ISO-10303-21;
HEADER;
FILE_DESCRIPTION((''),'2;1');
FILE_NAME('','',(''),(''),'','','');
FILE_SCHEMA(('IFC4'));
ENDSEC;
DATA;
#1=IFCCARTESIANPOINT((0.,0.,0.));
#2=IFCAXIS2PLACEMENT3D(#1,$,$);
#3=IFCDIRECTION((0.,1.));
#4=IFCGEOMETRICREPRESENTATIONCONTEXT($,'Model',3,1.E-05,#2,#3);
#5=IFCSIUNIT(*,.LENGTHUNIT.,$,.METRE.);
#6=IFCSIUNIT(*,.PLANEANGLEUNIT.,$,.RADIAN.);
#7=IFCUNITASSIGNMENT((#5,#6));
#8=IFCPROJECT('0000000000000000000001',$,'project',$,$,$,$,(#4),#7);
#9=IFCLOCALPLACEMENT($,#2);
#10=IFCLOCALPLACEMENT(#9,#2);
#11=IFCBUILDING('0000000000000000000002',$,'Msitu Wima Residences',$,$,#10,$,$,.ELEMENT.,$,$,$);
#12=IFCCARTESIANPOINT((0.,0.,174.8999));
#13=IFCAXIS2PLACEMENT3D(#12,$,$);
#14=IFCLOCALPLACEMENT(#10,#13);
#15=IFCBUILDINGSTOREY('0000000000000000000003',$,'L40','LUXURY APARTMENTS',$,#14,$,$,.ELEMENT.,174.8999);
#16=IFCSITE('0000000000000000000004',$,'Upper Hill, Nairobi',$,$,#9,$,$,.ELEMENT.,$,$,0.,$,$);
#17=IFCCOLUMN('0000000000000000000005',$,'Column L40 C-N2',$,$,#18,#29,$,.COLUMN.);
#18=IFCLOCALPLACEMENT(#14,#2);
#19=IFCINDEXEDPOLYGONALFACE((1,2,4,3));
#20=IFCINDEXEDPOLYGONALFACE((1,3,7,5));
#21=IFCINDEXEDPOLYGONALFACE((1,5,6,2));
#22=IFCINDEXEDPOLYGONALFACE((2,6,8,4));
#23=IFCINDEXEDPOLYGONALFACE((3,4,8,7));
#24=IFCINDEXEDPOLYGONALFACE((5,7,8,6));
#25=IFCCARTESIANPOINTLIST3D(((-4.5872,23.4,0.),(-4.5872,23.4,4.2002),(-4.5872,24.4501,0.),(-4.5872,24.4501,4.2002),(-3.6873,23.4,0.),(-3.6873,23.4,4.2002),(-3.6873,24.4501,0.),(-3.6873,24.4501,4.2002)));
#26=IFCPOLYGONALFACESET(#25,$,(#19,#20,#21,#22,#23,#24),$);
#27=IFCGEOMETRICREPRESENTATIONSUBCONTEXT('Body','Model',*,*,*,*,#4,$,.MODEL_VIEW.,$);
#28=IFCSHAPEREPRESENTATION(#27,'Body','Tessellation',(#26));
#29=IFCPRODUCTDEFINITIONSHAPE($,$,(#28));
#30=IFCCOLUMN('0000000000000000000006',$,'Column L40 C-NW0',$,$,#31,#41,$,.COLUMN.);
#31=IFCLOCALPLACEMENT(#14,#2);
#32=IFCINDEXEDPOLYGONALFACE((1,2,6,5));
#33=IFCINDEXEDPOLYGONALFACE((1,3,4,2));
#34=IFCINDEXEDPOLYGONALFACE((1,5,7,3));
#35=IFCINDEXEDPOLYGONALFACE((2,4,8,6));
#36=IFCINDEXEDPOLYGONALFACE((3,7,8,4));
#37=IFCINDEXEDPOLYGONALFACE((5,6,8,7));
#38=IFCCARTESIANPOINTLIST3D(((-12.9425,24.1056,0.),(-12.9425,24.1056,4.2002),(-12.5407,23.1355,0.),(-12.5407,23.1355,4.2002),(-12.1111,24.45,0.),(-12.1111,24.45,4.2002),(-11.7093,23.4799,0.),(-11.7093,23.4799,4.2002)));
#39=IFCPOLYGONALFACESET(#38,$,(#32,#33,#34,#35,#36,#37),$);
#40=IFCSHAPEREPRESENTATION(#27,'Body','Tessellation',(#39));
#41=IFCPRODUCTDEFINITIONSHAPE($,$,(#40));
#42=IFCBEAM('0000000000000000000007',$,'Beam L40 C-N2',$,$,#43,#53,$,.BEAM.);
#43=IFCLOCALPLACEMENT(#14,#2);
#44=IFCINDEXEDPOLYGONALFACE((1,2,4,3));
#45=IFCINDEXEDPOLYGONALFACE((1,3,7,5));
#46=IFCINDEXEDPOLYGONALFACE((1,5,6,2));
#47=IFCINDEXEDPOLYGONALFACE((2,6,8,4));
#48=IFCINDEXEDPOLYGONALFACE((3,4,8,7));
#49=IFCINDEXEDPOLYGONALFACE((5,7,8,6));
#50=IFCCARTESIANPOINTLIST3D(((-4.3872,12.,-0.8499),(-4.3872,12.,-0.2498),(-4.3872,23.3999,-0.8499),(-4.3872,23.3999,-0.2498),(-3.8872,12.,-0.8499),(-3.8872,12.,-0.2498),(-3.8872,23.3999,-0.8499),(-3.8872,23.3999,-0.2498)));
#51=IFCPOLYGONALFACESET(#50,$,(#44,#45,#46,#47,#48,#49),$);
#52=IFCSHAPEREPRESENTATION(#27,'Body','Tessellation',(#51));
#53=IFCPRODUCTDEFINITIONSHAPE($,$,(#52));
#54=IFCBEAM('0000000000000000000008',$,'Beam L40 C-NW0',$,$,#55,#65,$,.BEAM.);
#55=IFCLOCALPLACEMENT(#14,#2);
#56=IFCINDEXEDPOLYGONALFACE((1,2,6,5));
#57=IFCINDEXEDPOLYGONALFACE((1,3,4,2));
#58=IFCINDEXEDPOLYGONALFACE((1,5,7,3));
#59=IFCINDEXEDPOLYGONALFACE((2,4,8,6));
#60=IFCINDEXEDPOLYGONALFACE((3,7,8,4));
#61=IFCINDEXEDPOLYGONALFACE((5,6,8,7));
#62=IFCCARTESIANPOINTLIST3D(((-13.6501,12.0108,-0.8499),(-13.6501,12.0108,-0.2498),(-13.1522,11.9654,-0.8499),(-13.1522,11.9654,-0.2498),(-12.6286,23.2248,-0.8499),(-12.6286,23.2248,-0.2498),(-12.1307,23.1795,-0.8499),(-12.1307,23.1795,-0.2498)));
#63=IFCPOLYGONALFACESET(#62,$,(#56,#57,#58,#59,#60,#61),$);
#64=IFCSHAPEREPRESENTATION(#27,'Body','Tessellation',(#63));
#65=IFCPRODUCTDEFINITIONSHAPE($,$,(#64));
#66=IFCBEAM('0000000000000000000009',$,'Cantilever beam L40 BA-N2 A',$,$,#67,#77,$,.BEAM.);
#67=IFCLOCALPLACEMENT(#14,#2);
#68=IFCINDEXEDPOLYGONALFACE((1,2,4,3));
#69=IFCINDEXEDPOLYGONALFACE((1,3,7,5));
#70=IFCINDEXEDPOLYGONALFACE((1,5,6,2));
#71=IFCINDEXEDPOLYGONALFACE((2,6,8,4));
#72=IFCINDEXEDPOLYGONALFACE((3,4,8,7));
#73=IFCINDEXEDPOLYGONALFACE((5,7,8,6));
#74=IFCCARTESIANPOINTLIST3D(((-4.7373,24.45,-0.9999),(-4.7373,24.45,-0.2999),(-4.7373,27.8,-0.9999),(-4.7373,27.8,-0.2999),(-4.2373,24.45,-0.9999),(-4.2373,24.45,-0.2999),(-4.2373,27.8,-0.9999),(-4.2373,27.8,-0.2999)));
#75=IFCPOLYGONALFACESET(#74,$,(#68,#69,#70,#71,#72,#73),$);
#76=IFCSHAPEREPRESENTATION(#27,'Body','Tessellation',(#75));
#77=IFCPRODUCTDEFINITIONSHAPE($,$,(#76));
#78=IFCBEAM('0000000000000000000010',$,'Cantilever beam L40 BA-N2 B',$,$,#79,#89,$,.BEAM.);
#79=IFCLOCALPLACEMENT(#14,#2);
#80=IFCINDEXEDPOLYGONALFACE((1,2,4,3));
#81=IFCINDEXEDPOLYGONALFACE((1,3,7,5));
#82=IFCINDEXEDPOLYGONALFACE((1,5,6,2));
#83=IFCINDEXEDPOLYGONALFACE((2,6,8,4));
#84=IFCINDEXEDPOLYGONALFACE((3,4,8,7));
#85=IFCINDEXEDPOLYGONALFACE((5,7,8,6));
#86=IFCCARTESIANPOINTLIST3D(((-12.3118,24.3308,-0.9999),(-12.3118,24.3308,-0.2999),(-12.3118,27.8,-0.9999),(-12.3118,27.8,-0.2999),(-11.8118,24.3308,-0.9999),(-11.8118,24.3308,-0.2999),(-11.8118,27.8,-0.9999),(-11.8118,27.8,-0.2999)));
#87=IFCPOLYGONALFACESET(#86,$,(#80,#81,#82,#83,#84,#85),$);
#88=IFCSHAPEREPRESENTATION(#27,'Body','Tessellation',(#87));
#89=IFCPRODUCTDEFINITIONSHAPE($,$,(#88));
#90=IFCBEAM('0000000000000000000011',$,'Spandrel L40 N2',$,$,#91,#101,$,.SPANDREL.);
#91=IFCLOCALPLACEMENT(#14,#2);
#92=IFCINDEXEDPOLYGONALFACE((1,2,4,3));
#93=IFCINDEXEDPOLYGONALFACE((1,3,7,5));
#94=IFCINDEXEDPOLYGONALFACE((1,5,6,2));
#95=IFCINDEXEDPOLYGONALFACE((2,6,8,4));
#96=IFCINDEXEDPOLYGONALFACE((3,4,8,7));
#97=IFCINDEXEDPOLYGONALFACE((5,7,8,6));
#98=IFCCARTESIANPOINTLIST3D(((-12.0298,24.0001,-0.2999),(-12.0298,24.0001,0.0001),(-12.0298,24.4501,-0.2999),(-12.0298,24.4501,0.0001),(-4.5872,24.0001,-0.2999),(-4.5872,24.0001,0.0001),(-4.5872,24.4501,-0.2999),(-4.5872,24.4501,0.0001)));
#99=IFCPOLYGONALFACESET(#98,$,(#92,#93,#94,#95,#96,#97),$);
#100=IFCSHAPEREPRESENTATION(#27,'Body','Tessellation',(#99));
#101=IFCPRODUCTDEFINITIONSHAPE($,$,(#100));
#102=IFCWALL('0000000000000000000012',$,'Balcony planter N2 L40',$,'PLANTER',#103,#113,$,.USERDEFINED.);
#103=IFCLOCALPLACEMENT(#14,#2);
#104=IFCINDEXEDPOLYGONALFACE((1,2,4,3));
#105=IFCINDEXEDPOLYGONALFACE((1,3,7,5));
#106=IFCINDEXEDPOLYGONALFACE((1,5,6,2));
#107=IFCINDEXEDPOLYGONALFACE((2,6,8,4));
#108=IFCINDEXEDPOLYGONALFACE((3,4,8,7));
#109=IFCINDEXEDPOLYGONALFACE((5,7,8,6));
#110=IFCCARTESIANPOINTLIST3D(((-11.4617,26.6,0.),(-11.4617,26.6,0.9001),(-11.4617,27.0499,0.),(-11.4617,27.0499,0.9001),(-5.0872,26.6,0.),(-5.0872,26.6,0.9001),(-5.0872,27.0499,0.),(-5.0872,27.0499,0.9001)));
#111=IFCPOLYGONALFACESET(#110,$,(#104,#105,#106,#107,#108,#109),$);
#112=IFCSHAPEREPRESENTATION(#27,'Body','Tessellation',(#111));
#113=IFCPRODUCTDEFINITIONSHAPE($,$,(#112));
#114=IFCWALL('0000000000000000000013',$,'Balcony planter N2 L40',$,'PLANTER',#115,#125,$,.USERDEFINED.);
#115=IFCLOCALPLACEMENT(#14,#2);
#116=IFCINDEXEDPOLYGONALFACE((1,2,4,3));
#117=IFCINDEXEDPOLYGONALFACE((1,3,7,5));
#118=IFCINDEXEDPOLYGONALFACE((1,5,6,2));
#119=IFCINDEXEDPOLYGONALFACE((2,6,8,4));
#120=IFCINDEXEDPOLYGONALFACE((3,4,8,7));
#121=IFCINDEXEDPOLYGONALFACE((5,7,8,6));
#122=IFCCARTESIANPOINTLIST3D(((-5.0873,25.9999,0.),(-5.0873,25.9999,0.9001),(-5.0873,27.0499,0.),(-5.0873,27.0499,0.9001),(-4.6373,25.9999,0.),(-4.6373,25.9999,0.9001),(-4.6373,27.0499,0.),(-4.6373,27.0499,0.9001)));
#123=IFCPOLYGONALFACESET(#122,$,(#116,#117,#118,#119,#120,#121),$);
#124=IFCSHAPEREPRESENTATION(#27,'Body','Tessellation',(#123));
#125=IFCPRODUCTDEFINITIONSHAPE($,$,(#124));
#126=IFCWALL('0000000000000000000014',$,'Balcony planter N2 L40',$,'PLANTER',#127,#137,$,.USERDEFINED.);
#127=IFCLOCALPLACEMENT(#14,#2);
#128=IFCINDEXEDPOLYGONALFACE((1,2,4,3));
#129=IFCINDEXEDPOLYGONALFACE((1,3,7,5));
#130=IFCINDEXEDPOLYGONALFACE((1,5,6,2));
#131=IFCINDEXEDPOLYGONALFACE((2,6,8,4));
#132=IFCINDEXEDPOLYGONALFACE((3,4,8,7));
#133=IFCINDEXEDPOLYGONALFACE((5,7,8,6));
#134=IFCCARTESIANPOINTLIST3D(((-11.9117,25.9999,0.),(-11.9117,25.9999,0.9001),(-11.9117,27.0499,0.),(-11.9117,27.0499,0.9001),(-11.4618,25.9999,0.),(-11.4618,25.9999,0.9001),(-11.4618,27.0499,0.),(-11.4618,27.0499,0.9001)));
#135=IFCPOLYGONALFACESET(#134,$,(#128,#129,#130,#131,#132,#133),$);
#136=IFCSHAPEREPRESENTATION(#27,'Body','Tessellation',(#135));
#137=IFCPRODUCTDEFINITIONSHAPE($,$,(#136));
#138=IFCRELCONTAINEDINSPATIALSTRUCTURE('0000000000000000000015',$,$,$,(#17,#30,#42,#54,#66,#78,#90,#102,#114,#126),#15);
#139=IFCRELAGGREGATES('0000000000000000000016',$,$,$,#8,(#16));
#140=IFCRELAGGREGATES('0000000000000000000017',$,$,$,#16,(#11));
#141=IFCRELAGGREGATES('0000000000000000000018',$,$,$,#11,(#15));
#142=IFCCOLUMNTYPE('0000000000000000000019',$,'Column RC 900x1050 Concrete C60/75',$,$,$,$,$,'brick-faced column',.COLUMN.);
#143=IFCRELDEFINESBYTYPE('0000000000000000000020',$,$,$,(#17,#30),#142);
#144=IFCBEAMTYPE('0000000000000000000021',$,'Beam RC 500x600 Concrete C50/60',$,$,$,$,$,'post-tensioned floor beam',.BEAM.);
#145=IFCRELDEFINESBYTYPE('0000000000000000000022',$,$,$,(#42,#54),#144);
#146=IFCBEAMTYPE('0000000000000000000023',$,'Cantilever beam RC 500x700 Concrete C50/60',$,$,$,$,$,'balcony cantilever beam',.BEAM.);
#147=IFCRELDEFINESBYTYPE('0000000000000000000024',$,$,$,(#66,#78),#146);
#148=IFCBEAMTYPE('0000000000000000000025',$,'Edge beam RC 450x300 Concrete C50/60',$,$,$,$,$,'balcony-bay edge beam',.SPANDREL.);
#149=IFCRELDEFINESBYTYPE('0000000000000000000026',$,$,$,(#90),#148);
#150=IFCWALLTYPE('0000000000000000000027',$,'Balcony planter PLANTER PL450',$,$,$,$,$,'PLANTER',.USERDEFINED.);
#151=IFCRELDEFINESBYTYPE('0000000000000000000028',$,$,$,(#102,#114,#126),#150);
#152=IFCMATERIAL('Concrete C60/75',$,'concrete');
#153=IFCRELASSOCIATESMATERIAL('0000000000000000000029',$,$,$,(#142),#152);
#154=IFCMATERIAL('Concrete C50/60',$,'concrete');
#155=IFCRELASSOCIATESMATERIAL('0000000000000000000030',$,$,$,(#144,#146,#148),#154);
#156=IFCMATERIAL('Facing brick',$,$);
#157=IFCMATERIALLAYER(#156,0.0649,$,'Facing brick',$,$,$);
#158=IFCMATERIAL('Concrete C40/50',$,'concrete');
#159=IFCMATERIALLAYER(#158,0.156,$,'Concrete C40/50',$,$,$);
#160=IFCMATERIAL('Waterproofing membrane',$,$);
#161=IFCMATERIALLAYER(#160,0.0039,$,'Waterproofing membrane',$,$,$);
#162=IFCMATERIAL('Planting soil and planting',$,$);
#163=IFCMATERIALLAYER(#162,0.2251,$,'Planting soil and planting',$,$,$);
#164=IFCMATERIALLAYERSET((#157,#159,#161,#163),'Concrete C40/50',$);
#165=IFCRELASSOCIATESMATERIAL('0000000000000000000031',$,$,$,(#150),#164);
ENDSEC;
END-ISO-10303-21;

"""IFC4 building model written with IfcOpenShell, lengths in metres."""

from ifc_helpers import new_model, si_unit, direction, frame, frame_2d, origin, origin_2d, place, context, subcontext, project, spatial, rectangle, extrude, material, layer, layer_set, material_profile, profile_set, type_object, element, save


model = new_model("IFC4")

# Units and contexts
model_context = context("Model", 3, precision=1e-05, world=origin(), true_north=direction((0.0, 1.0)))
body_context = subcontext(model_context, "Body", "Model", "MODEL_VIEW")
ifc_project = project(units=[si_unit("LENGTHUNIT", "METRE"), si_unit("PLANEANGLEUNIT", "RADIAN")], contexts=[model_context])

# Site, building, storey
site_placement = place(None, origin())
site = spatial("IfcSite", under=ifc_project, at=site_placement, Name="Upper Hill, Nairobi", CompositionType="ELEMENT", RefElevation=0.0)
building_placement = place(site_placement, origin())
building = spatial("IfcBuilding", under=site, at=building_placement, Name="Msitu Wima Residences", CompositionType="ELEMENT")
storey_placement = place(building_placement, frame((0.0, 0.0, 174.8999)))
storey = spatial("IfcBuildingStorey", under=building, at=storey_placement, Name="L40", Description="LUXURY APARTMENTS", CompositionType="ELEMENT", Elevation=174.8999)

# Columns
ifc_material_1 = material(Name="Concrete C60/75", Category="concrete")
ifc_material_profile_1 = material_profile(ifc_material_1, rectangle(XDim=0.8999, YDim=1.05, at=origin_2d()), Name="RC 900x1050")
ifc_profile_set_1 = profile_set([ifc_material_profile_1], Name="Concrete C60/75")
column_type = type_object("IfcColumnType", Name="Column RC 900x1050 Concrete C60/75", ElementType="brick-faced column", PredefinedType="COLUMN", material=ifc_profile_set_1)
for number, where, z_axis, x_axis, name in (
    (1, (-4.1372, 23.925, 0.0), (0.0, 0.0, 1.0), (-1.0, 0.0, 0.0), "Column L40 C-N2"),
    (2, (-12.3259, 23.7927, 0.0), (0.0, 0.0, 1.0), (-0.92388, -0.382683, 0.0), "Column L40 C-NW0"),
):
    element("IfcColumn", number, at=place(storey_placement, frame(where, z_axis=z_axis, x_axis=x_axis)), inside=storey, type_object=column_type, Name=name, PredefinedType="COLUMN", context=body_context, shape_type="SweptSolid", body=[
        extrude(rectangle(XDim=0.8999, YDim=1.05, at=origin_2d()), origin(), (0.0, 0.0, 1.0), 4.2002),
    ])

# Beams
ifc_material_2 = material(Name="Concrete C50/60", Category="concrete")
ifc_material_profile_2 = material_profile(ifc_material_2, rectangle(XDim=0.5, YDim=0.6001, at=origin_2d()), Name="RC 500x600")
ifc_profile_set_2 = profile_set([ifc_material_profile_2], Name="Concrete C50/60")
beam_type_1 = type_object("IfcBeamType", Name="Beam RC 500x600 Concrete C50/60", ElementType="post-tensioned floor beam", PredefinedType="BEAM", material=ifc_profile_set_2)
beam_1_placement = place(storey_placement, frame((-4.1372, 23.3999, -0.5498), z_axis=(0.0, -1.0, 0.0), x_axis=(1.0, 0.0, 0.0)))
element("IfcBeam", 3, at=beam_1_placement, inside=storey, type_object=beam_type_1, Name="Beam L40 C-N2", PredefinedType="BEAM", context=body_context, shape_type="SweptSolid", body=[
    extrude(rectangle(XDim=0.5, YDim=0.6001, at=origin_2d()), origin(), (0.0, 0.0, 1.0), 11.3999),
])
beam_2_placement = place(storey_placement, frame((-12.3796, 23.2021, -0.5498), z_axis=(-0.090714, -0.995877, 0.0), x_axis=(0.995877, -0.090714, 0.0)))
element("IfcBeam", 4, at=beam_2_placement, inside=storey, type_object=beam_type_1, Name="Beam L40 C-NW0", PredefinedType="BEAM", context=body_context, shape_type="SweptSolid", body=[
    extrude(rectangle(XDim=0.5, YDim=0.6001, at=origin_2d()), origin(), (0.0, 0.0, 1.0), 11.2605),
])
ifc_material_profile_3 = material_profile(ifc_material_2, rectangle(XDim=0.5, YDim=0.7, at=origin_2d()), Name="RC 500x700")
ifc_profile_set_3 = profile_set([ifc_material_profile_3], Name="Concrete C50/60")
beam_type_2 = type_object("IfcBeamType", Name="Cantilever beam RC 500x700 Concrete C50/60", ElementType="balcony cantilever beam", PredefinedType="BEAM", material=ifc_profile_set_3)
beam_3_placement = place(storey_placement, frame((-4.4873, 24.45, -0.6499), z_axis=(0.0, 1.0, 0.0), x_axis=(-1.0, 0.0, 0.0)))
element("IfcBeam", 5, at=beam_3_placement, inside=storey, type_object=beam_type_2, Name="Cantilever beam L40 BA-N2 A", PredefinedType="BEAM", context=body_context, shape_type="SweptSolid", body=[
    extrude(rectangle(XDim=0.5, YDim=0.7, at=origin_2d()), origin(), (0.0, 0.0, 1.0), 3.3501),
])
beam_4_placement = place(storey_placement, frame((-12.0618, 24.3308, -0.6499), z_axis=(0.0, 1.0, 0.0), x_axis=(-1.0, 0.0, 0.0)))
element("IfcBeam", 6, at=beam_4_placement, inside=storey, type_object=beam_type_2, Name="Cantilever beam L40 BA-N2 B", PredefinedType="BEAM", context=body_context, shape_type="SweptSolid", body=[
    extrude(rectangle(XDim=0.5, YDim=0.7, at=origin_2d()), origin(), (0.0, 0.0, 1.0), 3.4692),
])
ifc_material_profile_4 = material_profile(ifc_material_2, rectangle(XDim=0.45, YDim=0.3, at=origin_2d()), Name="RC 450x300")
ifc_profile_set_4 = profile_set([ifc_material_profile_4], Name="Concrete C50/60")
beam_type_3 = type_object("IfcBeamType", Name="Edge beam RC 450x300 Concrete C50/60", ElementType="balcony-bay edge beam", PredefinedType="SPANDREL", material=ifc_profile_set_4)
beam_5_placement = place(storey_placement, frame((-4.5872, 24.2251, -0.1499), z_axis=(-1.0, 0.0, 0.0), x_axis=(0.0, -1.0, 0.0)))
element("IfcBeam", 7, at=beam_5_placement, inside=storey, type_object=beam_type_3, Name="Spandrel L40 N2", PredefinedType="SPANDREL", context=body_context, shape_type="SweptSolid", body=[
    extrude(rectangle(XDim=0.45, YDim=0.3, at=origin_2d()), origin(), (0.0, 0.0, 1.0), 7.4426),
])

# Walls
ifc_material_3 = material(Name="Facing brick")
ifc_layer_1 = layer(ifc_material_3, 0.0649, Name="Facing brick")
ifc_material_4 = material(Name="Concrete C40/50", Category="concrete")
ifc_layer_2 = layer(ifc_material_4, 0.156, Name="Concrete C40/50")
ifc_material_5 = material(Name="Waterproofing membrane")
ifc_layer_3 = layer(ifc_material_5, 0.0039, Name="Waterproofing membrane")
ifc_material_6 = material(Name="Planting soil and planting")
ifc_layer_4 = layer(ifc_material_6, 0.2251, Name="Planting soil and planting")
ifc_layer_set_1 = layer_set([ifc_layer_1, ifc_layer_2, ifc_layer_3, ifc_layer_4], Name="Concrete C40/50")
wall_type_1 = type_object("IfcWallType", Name="Balcony planter PLANTER PL450", ElementType="PLANTER", PredefinedType="USERDEFINED", material=ifc_layer_set_1)
wall_1_placement = place(storey_placement, frame((-5.0872, 26.825, 0.0), z_axis=(0.0, 0.0, 1.0), x_axis=(-1.0, 0.0, 0.0)))
element("IfcWall", 8, at=wall_1_placement, inside=storey, type_object=wall_type_1, Name="Balcony planter N2 L40", ObjectType="PLANTER", PredefinedType="USERDEFINED", context=body_context, shape_type="SweptSolid", body=[
    extrude(rectangle(XDim=6.3745, YDim=0.45, at=frame_2d((3.1873, 0.0))), origin(), (0.0, 0.0, 1.0), 0.9001),
])
for number, where, z_axis, x_axis, name in (
    (9, (-4.8623, 26.0, 0.0), (0.0, 0.0, 1.0), (0.0, 1.0, 0.0), "Balcony planter N2 L40"),
    (10, (-11.6868, 26.0, 0.0), (0.0, 0.0, 1.0), (0.0, 1.0, 0.0), "Balcony planter N2 L40"),
):
    element("IfcWall", number, at=place(storey_placement, frame(where, z_axis=z_axis, x_axis=x_axis)), inside=storey, type_object=wall_type_1, Name=name, ObjectType="PLANTER", PredefinedType="USERDEFINED", context=body_context, shape_type="SweptSolid", body=[
        extrude(rectangle(XDim=1.05, YDim=0.45, at=frame_2d((0.5249, 0.0))), origin(), (0.0, 0.0, 1.0), 0.9001),
    ])

save(model, "model.ifc")
